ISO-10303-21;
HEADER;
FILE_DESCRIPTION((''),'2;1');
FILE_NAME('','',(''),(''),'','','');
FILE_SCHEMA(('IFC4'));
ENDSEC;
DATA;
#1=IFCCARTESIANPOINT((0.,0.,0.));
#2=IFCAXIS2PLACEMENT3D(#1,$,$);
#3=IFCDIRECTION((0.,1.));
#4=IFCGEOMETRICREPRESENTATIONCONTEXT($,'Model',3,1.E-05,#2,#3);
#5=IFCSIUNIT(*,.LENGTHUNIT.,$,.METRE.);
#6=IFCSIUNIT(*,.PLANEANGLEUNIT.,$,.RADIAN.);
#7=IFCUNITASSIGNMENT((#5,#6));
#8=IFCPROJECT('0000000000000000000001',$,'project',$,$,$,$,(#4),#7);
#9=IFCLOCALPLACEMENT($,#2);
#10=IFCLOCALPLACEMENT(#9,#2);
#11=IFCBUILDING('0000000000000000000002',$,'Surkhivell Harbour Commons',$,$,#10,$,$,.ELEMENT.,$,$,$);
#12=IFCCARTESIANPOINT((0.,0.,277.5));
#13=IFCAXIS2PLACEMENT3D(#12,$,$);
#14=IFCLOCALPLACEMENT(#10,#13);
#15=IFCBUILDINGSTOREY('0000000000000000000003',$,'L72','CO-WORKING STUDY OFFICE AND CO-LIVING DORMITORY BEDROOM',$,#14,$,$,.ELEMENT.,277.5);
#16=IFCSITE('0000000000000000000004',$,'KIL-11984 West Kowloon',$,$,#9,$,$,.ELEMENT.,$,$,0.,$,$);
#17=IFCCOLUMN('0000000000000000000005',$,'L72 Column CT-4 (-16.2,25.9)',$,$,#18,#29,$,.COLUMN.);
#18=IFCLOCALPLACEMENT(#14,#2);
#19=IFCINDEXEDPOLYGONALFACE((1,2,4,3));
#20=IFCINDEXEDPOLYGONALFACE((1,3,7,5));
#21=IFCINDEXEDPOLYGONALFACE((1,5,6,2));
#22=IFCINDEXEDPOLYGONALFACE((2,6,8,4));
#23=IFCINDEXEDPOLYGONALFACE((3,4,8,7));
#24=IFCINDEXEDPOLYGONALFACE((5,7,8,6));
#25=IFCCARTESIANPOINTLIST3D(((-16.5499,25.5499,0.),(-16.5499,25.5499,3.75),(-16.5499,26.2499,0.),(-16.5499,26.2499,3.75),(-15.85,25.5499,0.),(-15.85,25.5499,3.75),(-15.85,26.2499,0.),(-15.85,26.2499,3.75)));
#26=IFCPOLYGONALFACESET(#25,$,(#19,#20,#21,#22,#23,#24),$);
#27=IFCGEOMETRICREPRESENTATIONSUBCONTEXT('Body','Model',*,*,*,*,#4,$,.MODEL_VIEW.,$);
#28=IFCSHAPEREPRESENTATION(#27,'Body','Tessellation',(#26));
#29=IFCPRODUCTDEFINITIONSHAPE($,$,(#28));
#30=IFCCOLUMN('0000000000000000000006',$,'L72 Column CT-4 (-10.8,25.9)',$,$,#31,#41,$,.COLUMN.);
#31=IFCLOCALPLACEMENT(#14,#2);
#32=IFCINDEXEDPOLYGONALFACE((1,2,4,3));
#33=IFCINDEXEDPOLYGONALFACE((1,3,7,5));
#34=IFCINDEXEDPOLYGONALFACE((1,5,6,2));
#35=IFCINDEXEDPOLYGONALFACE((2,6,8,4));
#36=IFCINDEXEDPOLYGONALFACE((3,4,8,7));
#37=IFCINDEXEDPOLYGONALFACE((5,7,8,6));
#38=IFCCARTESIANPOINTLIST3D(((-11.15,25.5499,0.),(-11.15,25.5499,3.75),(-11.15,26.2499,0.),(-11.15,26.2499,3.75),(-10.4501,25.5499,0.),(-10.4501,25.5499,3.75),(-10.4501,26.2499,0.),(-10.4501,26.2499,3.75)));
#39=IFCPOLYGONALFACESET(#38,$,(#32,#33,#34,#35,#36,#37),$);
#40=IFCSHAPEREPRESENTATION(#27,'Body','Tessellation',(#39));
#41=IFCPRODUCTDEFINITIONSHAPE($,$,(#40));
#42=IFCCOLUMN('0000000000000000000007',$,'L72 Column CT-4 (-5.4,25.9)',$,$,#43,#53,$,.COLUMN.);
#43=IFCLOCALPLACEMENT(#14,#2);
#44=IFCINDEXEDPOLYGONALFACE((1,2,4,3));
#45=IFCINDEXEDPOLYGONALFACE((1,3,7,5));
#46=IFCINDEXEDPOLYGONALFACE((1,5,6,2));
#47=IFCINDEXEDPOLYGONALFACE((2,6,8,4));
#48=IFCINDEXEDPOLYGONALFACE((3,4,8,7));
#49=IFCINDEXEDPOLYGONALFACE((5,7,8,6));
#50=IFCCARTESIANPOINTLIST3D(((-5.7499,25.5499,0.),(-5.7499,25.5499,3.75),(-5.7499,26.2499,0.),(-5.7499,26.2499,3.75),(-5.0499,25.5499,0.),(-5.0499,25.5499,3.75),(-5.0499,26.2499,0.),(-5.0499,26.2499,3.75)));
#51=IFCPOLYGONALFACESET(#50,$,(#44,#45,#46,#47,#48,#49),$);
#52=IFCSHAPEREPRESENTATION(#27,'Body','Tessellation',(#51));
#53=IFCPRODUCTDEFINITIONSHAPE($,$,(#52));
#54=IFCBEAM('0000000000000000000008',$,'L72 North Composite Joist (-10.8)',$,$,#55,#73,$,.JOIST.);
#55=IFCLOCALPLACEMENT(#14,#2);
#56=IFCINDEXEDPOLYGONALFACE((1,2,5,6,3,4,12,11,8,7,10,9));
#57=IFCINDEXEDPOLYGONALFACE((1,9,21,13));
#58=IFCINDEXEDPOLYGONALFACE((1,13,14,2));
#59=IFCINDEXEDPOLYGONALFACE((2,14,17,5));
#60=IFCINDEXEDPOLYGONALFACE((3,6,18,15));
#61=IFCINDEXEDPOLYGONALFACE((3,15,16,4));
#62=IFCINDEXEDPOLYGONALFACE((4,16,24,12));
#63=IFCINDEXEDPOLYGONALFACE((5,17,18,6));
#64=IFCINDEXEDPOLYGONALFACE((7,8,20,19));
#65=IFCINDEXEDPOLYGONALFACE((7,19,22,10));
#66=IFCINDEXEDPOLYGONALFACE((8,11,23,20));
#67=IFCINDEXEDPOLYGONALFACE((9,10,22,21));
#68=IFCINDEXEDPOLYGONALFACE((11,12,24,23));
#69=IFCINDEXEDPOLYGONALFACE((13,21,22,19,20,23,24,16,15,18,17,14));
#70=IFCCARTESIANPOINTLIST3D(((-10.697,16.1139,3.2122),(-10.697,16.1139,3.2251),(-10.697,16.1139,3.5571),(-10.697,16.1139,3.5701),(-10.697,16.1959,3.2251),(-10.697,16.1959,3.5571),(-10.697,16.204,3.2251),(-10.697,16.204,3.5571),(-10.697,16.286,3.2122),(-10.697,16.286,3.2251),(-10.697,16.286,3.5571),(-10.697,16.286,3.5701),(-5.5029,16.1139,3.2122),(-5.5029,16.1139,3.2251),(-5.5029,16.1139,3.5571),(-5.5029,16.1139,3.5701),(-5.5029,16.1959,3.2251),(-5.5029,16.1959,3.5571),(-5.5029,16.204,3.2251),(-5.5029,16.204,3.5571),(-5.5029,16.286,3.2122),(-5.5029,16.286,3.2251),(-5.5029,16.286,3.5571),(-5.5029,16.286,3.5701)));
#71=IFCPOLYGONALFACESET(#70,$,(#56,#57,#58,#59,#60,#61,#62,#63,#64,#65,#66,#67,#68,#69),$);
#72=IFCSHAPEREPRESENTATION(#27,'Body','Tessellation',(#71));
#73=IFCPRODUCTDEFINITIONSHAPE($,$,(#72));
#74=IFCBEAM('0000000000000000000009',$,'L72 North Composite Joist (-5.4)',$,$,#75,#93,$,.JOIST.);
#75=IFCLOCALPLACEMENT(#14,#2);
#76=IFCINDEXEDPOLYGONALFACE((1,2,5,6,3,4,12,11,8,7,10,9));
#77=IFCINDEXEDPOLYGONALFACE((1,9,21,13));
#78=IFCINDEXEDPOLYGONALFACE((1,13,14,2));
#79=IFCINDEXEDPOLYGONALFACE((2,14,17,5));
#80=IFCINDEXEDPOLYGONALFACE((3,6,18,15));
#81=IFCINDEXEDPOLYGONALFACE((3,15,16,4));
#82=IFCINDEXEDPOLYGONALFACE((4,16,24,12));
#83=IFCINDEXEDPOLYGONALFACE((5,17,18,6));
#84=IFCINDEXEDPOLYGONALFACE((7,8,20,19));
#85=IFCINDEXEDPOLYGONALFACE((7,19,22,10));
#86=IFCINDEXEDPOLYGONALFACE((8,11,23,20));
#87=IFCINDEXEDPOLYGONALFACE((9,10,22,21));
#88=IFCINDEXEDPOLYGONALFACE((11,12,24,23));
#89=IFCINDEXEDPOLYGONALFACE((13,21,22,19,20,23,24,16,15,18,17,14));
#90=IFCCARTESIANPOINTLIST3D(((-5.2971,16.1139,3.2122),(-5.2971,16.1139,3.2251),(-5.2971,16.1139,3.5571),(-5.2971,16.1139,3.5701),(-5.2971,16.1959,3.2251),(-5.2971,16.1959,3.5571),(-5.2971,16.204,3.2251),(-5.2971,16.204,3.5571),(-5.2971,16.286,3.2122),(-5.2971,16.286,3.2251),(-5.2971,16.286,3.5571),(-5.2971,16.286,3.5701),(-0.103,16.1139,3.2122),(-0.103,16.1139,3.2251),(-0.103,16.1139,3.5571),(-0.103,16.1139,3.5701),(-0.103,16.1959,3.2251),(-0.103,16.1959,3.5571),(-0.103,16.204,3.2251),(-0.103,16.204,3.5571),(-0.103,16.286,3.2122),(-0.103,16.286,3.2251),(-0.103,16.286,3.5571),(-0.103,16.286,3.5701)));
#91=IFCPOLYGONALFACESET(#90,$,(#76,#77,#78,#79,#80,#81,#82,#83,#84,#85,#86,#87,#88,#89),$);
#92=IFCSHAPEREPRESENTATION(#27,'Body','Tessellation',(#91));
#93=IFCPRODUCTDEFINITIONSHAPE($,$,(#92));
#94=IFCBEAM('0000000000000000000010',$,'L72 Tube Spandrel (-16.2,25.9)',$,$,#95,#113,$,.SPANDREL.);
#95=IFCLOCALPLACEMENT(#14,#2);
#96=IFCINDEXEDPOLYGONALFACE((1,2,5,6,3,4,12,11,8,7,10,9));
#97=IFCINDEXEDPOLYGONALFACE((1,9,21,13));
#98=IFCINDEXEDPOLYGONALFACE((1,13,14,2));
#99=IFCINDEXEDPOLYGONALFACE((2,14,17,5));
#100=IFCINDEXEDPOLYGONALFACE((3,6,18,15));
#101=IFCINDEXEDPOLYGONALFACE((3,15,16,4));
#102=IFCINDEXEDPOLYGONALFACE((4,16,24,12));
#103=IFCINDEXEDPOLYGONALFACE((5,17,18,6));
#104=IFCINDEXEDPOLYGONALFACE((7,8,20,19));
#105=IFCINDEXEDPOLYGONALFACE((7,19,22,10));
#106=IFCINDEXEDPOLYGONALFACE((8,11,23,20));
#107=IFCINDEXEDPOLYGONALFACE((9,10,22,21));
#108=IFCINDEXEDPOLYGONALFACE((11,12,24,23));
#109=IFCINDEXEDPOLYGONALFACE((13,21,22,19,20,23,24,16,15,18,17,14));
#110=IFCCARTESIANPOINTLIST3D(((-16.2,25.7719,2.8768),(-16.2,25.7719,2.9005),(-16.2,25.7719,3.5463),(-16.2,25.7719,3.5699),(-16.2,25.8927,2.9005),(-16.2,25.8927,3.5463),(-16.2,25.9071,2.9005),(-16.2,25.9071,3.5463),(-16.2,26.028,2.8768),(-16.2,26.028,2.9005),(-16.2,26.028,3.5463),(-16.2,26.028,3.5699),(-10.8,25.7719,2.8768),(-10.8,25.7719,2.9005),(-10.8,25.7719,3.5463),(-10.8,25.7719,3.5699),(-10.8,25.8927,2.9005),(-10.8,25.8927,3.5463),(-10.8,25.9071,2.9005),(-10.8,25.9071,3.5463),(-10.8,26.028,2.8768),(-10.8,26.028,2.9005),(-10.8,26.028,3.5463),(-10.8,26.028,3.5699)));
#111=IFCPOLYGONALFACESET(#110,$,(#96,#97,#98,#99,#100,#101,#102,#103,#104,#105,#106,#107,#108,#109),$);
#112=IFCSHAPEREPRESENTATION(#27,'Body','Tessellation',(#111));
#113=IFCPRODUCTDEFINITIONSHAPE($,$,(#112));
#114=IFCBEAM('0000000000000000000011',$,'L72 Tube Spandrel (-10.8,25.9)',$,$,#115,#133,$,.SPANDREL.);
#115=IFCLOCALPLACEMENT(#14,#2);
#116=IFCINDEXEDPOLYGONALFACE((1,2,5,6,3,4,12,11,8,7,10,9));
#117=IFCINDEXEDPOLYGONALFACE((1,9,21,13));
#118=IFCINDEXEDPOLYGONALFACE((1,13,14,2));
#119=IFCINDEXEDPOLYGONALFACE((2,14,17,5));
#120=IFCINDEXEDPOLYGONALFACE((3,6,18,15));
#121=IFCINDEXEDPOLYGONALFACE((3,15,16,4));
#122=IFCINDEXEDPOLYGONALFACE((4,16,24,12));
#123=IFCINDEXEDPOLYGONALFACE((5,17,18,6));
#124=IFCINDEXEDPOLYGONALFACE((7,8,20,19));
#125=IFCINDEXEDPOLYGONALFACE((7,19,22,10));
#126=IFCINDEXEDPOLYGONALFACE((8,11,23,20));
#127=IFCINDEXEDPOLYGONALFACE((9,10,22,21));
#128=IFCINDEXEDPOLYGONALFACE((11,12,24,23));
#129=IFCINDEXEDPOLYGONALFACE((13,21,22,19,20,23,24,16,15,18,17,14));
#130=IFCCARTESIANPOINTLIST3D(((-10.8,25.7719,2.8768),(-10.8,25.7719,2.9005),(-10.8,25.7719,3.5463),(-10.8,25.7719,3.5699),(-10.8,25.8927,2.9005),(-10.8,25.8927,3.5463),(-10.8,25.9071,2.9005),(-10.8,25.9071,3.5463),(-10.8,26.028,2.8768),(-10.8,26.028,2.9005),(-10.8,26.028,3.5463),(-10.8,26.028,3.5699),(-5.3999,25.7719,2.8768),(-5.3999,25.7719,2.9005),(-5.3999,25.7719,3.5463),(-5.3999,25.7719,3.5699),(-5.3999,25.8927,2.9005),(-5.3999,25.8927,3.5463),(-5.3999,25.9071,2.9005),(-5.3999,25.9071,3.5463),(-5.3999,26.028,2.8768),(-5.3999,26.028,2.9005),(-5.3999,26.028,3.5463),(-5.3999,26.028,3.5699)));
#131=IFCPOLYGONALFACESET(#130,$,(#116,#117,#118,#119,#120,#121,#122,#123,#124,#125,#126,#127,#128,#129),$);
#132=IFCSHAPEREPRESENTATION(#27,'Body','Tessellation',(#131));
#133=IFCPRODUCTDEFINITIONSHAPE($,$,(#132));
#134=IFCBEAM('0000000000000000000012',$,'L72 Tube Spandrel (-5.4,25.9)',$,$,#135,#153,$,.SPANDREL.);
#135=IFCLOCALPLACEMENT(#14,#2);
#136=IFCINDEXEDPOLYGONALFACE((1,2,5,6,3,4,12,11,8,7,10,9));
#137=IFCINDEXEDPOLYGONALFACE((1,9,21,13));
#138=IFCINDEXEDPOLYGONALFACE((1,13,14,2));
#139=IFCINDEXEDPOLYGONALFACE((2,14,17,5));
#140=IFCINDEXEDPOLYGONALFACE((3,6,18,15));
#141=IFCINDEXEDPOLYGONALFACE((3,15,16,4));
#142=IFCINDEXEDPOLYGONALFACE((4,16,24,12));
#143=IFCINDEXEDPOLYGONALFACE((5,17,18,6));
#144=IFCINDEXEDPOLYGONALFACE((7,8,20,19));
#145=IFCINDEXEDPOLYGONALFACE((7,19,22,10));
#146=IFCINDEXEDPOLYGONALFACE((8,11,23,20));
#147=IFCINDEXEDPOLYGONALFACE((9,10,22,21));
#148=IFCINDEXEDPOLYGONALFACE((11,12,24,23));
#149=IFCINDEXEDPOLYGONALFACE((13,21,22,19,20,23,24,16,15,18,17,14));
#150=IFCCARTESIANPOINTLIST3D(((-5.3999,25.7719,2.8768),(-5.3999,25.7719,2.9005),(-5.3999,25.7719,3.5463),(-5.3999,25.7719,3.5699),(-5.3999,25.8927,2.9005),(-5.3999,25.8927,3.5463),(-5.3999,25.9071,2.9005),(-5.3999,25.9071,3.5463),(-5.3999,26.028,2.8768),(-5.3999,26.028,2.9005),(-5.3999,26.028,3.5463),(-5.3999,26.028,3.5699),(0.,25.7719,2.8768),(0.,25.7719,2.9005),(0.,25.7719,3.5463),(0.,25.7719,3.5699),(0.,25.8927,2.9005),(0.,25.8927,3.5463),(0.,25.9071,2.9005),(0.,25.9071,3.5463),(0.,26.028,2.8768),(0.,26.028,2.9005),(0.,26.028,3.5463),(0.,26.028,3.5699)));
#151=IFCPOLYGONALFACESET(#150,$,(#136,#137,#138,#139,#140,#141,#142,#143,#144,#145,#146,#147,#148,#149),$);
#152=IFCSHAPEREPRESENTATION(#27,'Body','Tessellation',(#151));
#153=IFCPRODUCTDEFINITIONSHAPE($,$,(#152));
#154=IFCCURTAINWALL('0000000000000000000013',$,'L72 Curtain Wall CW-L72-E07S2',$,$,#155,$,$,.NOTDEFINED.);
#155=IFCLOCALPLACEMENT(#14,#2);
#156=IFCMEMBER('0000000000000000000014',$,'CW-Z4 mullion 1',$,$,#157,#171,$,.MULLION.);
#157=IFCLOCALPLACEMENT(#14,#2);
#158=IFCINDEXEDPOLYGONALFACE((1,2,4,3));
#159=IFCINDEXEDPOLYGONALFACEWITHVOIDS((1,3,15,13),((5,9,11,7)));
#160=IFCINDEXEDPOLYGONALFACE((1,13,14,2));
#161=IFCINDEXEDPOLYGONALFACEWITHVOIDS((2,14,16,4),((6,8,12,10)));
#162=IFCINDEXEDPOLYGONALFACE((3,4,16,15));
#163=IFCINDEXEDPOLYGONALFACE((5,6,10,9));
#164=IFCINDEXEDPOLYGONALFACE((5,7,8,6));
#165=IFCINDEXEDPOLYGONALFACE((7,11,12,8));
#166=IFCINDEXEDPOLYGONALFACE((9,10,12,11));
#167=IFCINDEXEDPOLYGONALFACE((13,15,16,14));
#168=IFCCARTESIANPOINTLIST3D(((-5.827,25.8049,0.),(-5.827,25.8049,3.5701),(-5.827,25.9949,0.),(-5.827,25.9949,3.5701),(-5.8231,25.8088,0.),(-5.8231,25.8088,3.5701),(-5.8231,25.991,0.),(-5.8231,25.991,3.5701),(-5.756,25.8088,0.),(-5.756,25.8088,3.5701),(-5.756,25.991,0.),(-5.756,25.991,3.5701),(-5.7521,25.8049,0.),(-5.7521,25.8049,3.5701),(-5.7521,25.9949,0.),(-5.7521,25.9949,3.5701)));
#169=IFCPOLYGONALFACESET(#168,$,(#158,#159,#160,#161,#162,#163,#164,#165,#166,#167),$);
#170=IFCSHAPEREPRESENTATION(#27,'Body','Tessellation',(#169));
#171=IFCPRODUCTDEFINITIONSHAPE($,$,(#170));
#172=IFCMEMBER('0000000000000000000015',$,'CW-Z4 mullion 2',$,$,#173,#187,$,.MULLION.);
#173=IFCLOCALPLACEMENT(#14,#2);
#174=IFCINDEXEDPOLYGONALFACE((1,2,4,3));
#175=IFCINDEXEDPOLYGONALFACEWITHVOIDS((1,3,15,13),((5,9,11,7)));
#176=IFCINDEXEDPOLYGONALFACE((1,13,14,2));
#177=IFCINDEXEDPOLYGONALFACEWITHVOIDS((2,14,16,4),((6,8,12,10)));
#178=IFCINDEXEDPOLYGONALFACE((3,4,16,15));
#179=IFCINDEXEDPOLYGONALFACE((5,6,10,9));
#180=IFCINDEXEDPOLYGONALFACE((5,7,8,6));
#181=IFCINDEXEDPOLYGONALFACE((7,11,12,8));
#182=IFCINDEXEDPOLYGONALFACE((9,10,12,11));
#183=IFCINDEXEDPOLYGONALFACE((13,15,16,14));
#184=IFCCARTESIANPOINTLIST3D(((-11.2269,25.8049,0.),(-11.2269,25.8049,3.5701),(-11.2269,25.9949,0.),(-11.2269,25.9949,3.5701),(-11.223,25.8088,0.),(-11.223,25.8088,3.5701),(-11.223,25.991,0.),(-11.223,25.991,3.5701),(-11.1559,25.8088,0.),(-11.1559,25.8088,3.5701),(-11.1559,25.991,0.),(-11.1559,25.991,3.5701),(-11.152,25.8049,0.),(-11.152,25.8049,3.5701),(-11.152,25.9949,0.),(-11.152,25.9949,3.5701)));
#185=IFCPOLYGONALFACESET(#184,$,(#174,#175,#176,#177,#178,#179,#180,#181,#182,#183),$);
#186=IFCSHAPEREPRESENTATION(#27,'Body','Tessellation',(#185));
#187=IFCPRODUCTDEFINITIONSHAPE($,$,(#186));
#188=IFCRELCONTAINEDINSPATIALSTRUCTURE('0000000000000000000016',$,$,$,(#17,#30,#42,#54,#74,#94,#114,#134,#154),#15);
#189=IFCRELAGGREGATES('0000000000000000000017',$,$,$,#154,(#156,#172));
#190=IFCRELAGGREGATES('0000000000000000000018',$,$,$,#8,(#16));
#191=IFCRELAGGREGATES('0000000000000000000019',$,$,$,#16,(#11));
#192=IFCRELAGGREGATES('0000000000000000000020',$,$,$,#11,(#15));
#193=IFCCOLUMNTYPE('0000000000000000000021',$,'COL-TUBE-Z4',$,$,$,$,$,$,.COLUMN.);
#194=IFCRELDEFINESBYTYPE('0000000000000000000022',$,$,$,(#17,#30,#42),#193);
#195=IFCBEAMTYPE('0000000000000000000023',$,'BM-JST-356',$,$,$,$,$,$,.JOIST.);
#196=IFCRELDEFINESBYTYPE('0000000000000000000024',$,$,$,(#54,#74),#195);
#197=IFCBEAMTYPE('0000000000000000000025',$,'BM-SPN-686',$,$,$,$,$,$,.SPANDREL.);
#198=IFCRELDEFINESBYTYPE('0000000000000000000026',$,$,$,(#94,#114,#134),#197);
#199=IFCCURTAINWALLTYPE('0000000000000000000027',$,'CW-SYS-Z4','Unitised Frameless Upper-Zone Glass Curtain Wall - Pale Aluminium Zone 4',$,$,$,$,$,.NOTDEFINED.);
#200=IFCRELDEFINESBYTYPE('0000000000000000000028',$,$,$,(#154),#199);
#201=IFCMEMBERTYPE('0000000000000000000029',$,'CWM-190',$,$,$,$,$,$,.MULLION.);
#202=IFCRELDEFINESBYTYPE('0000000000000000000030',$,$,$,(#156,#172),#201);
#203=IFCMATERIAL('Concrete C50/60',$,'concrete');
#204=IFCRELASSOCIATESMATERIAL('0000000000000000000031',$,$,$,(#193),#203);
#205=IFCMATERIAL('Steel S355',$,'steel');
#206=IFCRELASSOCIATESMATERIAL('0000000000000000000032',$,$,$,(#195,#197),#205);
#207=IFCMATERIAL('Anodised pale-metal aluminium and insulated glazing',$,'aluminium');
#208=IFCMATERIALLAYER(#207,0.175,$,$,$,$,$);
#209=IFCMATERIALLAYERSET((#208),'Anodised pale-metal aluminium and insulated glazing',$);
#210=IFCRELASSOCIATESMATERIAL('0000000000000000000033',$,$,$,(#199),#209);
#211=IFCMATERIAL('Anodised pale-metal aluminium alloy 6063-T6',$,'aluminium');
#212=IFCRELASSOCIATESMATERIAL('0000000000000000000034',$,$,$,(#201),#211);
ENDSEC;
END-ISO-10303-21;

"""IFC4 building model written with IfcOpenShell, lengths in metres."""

from ifc_helpers import new_model, si_unit, direction, frame, origin, origin_2d, place, context, subcontext, project, spatial, rectangle, hollow_rectangle, i_section, extrude, material, layer, layer_set, material_profile, profile_set, type_object, element, aggregate, save


model = new_model("IFC4")

# Units and contexts
model_context = context("Model", 3, precision=1e-05, world=origin(), true_north=direction((0.0, 1.0)))
body_context = subcontext(model_context, "Body", "Model", "MODEL_VIEW")
ifc_project = project(units=[si_unit("LENGTHUNIT", "METRE"), si_unit("PLANEANGLEUNIT", "RADIAN")], contexts=[model_context])

# Site, building, storey
site_placement = place(None, origin())
site = spatial("IfcSite", under=ifc_project, at=site_placement, Name="KIL-11984 West Kowloon", CompositionType="ELEMENT", RefElevation=0.0)
building_placement = place(site_placement, origin())
building = spatial("IfcBuilding", under=site, at=building_placement, Name="Surkhivell Harbour Commons", CompositionType="ELEMENT")
storey_placement = place(building_placement, frame((0.0, 0.0, 277.5)))
storey = spatial("IfcBuildingStorey", under=building, at=storey_placement, Name="L72", Description="CO-WORKING STUDY OFFICE AND CO-LIVING DORMITORY BEDROOM", CompositionType="ELEMENT", Elevation=277.5)

# Columns
ifc_material_1 = material(Name="Concrete C50/60", Category="concrete")
ifc_material_profile_1 = material_profile(ifc_material_1, rectangle(XDim=0.7, YDim=0.7, at=origin_2d()), Name="RC-COL-700x700")
ifc_profile_set_1 = profile_set([ifc_material_profile_1], Name="Concrete C50/60")
column_type = type_object("IfcColumnType", Name="COL-TUBE-Z4", PredefinedType="COLUMN", material=ifc_profile_set_1)
for number, where, z_axis, x_axis, name in (
    (1, (-16.2, 25.8999, 0.0), (0.0, 0.0, 1.0), (1.0, 0.0, 0.0), "L72 Column CT-4 (-16.2,25.9)"),
    (2, (-10.8, 25.8999, 0.0), (0.0, 0.0, 1.0), (1.0, 0.0, 0.0), "L72 Column CT-4 (-10.8,25.9)"),
    (3, (-5.3999, 25.8999, 0.0), (0.0, 0.0, 1.0), (1.0, 0.0, 0.0), "L72 Column CT-4 (-5.4,25.9)"),
):
    element("IfcColumn", number, at=place(storey_placement, frame(where, z_axis=z_axis, x_axis=x_axis)), inside=storey, type_object=column_type, Name=name, PredefinedType="COLUMN", context=body_context, shape_type="SweptSolid", body=[
        extrude(rectangle(XDim=0.7, YDim=0.7, at=origin_2d()), origin(), (0.0, 0.0, 1.0), 3.75),
    ])

# Beams
ifc_material_2 = material(Name="Steel S355", Category="steel")
ifc_material_profile_2 = material_profile(ifc_material_2, i_section(OverallWidth=0.1721, OverallDepth=0.3579, WebThickness=0.0081, FlangeThickness=0.0129, at=origin_2d()), Name="UB356x171x57")
ifc_profile_set_2 = profile_set([ifc_material_profile_2], Name="Steel S355")
beam_type_1 = type_object("IfcBeamType", Name="BM-JST-356", PredefinedType="JOIST", material=ifc_profile_set_2)
for number, where, z_axis, x_axis, name in (
    (4, (-10.697, 16.2, 3.3911), (1.0, 0.0, 0.0), (0.0, 1.0, 0.0), "L72 North Composite Joist (-10.8)"),
    (5, (-5.2971, 16.2, 3.3911), (1.0, 0.0, 0.0), (0.0, 1.0, 0.0), "L72 North Composite Joist (-5.4)"),
):
    element("IfcBeam", number, at=place(storey_placement, frame(where, z_axis=z_axis, x_axis=x_axis)), inside=storey, type_object=beam_type_1, Name=name, PredefinedType="JOIST", context=body_context, shape_type="SweptSolid", body=[
        extrude(i_section(OverallWidth=0.1721, OverallDepth=0.3579, WebThickness=0.0081, FlangeThickness=0.0129, at=origin_2d()), origin(), (0.0, 0.0, 1.0), 5.1941),
    ])
ifc_material_profile_3 = material_profile(ifc_material_2, i_section(OverallWidth=0.2561, OverallDepth=0.6931, WebThickness=0.0144, FlangeThickness=0.0237, at=origin_2d()), Name="UB686x254x170")
ifc_profile_set_3 = profile_set([ifc_material_profile_3], Name="Steel S355")
beam_type_2 = type_object("IfcBeamType", Name="BM-SPN-686", PredefinedType="SPANDREL", material=ifc_profile_set_3)
beam_1_placement = place(storey_placement, frame((-16.2, 25.8999, 3.2234), z_axis=(1.0, 0.0, 0.0), x_axis=(0.0, 1.0, 0.0)))
element("IfcBeam", 6, at=beam_1_placement, inside=storey, type_object=beam_type_2, Name="L72 Tube Spandrel (-16.2,25.9)", PredefinedType="SPANDREL", context=body_context, shape_type="SweptSolid", body=[
    extrude(i_section(OverallWidth=0.2561, OverallDepth=0.6931, WebThickness=0.0144, FlangeThickness=0.0237, at=origin_2d()), origin(), (0.0, 0.0, 1.0), 5.3999),
])
beam_2_placement = place(storey_placement, frame((-10.8, 25.8999, 3.2234), z_axis=(1.0, 0.0, 0.0), x_axis=(0.0, 1.0, 0.0)))
element("IfcBeam", 7, at=beam_2_placement, inside=storey, type_object=beam_type_2, Name="L72 Tube Spandrel (-10.8,25.9)", PredefinedType="SPANDREL", context=body_context, shape_type="SweptSolid", body=[
    extrude(i_section(OverallWidth=0.2561, OverallDepth=0.6931, WebThickness=0.0144, FlangeThickness=0.0237, at=origin_2d()), origin(), (0.0, 0.0, 1.0), 5.4001),
])
beam_3_placement = place(storey_placement, frame((-5.3999, 25.8999, 3.2234), z_axis=(1.0, 0.0, 0.0), x_axis=(0.0, 1.0, 0.0)))
element("IfcBeam", 8, at=beam_3_placement, inside=storey, type_object=beam_type_2, Name="L72 Tube Spandrel (-5.4,25.9)", PredefinedType="SPANDREL", context=body_context, shape_type="SweptSolid", body=[
    extrude(i_section(OverallWidth=0.2561, OverallDepth=0.6931, WebThickness=0.0144, FlangeThickness=0.0237, at=origin_2d()), origin(), (0.0, 0.0, 1.0), 5.3999),
])

# Curtain wall, members
ifc_material_3 = material(Name="Anodised pale-metal aluminium and insulated glazing", Category="aluminium")
ifc_layer_1 = layer(ifc_material_3, 0.175)
ifc_layer_set_1 = layer_set([ifc_layer_1], Name="Anodised pale-metal aluminium and insulated glazing")
curtain_wall_type = type_object("IfcCurtainWallType", Name="CW-SYS-Z4", Description="Unitised Frameless Upper-Zone Glass Curtain Wall - Pale Aluminium Zone 4", PredefinedType="NOTDEFINED", material=ifc_layer_set_1)
curtain_wall_placement = place(storey_placement, origin())
curtain_wall = element("IfcCurtainWall", 9, at=curtain_wall_placement, inside=storey, type_object=curtain_wall_type, Name="L72 Curtain Wall CW-L72-E07S2", PredefinedType="NOTDEFINED")
ifc_material_4 = material(Name="Anodised pale-metal aluminium alloy 6063-T6", Category="aluminium")
ifc_material_profile_4 = material_profile(ifc_material_4, hollow_rectangle(XDim=0.075, YDim=0.1899, WallThickness=0.0039, at=origin_2d()), Name="ALU-MULL-75x190")
ifc_profile_set_4 = profile_set([ifc_material_profile_4], Name="Anodised pale-metal aluminium alloy 6063-T6")
member_type_1 = type_object("IfcMemberType", Name="CWM-190", PredefinedType="MULLION", material=ifc_profile_set_4)
member_1_placement = place(storey_placement, frame((-5.7896, 25.8999, 0.0), z_axis=(0.0, 0.0, 1.0), x_axis=(-1.0, 0.0, 0.0)))
member_1 = element("IfcMember", 10, at=member_1_placement, type_object=member_type_1, Name="CW-Z4 mullion 1", PredefinedType="MULLION", context=body_context, shape_type="SweptSolid", body=[
    extrude(hollow_rectangle(XDim=0.075, YDim=0.1899, WallThickness=0.0039, at=origin_2d()), origin(), (0.0, 0.0, 1.0), 3.5701),
])
member_2_placement = place(storey_placement, frame((-11.1895, 25.8999, 0.0), z_axis=(0.0, 0.0, 1.0), x_axis=(-1.0, 0.0, 0.0)))
member_2 = element("IfcMember", 11, at=member_2_placement, type_object=member_type_1, Name="CW-Z4 mullion 2", PredefinedType="MULLION", context=body_context, shape_type="SweptSolid", body=[
    extrude(hollow_rectangle(XDim=0.075, YDim=0.1899, WallThickness=0.0039, at=origin_2d()), origin(), (0.0, 0.0, 1.0), 3.5701),
])

aggregate(curtain_wall, [member_1, member_2])

save(model, "model.ifc")
